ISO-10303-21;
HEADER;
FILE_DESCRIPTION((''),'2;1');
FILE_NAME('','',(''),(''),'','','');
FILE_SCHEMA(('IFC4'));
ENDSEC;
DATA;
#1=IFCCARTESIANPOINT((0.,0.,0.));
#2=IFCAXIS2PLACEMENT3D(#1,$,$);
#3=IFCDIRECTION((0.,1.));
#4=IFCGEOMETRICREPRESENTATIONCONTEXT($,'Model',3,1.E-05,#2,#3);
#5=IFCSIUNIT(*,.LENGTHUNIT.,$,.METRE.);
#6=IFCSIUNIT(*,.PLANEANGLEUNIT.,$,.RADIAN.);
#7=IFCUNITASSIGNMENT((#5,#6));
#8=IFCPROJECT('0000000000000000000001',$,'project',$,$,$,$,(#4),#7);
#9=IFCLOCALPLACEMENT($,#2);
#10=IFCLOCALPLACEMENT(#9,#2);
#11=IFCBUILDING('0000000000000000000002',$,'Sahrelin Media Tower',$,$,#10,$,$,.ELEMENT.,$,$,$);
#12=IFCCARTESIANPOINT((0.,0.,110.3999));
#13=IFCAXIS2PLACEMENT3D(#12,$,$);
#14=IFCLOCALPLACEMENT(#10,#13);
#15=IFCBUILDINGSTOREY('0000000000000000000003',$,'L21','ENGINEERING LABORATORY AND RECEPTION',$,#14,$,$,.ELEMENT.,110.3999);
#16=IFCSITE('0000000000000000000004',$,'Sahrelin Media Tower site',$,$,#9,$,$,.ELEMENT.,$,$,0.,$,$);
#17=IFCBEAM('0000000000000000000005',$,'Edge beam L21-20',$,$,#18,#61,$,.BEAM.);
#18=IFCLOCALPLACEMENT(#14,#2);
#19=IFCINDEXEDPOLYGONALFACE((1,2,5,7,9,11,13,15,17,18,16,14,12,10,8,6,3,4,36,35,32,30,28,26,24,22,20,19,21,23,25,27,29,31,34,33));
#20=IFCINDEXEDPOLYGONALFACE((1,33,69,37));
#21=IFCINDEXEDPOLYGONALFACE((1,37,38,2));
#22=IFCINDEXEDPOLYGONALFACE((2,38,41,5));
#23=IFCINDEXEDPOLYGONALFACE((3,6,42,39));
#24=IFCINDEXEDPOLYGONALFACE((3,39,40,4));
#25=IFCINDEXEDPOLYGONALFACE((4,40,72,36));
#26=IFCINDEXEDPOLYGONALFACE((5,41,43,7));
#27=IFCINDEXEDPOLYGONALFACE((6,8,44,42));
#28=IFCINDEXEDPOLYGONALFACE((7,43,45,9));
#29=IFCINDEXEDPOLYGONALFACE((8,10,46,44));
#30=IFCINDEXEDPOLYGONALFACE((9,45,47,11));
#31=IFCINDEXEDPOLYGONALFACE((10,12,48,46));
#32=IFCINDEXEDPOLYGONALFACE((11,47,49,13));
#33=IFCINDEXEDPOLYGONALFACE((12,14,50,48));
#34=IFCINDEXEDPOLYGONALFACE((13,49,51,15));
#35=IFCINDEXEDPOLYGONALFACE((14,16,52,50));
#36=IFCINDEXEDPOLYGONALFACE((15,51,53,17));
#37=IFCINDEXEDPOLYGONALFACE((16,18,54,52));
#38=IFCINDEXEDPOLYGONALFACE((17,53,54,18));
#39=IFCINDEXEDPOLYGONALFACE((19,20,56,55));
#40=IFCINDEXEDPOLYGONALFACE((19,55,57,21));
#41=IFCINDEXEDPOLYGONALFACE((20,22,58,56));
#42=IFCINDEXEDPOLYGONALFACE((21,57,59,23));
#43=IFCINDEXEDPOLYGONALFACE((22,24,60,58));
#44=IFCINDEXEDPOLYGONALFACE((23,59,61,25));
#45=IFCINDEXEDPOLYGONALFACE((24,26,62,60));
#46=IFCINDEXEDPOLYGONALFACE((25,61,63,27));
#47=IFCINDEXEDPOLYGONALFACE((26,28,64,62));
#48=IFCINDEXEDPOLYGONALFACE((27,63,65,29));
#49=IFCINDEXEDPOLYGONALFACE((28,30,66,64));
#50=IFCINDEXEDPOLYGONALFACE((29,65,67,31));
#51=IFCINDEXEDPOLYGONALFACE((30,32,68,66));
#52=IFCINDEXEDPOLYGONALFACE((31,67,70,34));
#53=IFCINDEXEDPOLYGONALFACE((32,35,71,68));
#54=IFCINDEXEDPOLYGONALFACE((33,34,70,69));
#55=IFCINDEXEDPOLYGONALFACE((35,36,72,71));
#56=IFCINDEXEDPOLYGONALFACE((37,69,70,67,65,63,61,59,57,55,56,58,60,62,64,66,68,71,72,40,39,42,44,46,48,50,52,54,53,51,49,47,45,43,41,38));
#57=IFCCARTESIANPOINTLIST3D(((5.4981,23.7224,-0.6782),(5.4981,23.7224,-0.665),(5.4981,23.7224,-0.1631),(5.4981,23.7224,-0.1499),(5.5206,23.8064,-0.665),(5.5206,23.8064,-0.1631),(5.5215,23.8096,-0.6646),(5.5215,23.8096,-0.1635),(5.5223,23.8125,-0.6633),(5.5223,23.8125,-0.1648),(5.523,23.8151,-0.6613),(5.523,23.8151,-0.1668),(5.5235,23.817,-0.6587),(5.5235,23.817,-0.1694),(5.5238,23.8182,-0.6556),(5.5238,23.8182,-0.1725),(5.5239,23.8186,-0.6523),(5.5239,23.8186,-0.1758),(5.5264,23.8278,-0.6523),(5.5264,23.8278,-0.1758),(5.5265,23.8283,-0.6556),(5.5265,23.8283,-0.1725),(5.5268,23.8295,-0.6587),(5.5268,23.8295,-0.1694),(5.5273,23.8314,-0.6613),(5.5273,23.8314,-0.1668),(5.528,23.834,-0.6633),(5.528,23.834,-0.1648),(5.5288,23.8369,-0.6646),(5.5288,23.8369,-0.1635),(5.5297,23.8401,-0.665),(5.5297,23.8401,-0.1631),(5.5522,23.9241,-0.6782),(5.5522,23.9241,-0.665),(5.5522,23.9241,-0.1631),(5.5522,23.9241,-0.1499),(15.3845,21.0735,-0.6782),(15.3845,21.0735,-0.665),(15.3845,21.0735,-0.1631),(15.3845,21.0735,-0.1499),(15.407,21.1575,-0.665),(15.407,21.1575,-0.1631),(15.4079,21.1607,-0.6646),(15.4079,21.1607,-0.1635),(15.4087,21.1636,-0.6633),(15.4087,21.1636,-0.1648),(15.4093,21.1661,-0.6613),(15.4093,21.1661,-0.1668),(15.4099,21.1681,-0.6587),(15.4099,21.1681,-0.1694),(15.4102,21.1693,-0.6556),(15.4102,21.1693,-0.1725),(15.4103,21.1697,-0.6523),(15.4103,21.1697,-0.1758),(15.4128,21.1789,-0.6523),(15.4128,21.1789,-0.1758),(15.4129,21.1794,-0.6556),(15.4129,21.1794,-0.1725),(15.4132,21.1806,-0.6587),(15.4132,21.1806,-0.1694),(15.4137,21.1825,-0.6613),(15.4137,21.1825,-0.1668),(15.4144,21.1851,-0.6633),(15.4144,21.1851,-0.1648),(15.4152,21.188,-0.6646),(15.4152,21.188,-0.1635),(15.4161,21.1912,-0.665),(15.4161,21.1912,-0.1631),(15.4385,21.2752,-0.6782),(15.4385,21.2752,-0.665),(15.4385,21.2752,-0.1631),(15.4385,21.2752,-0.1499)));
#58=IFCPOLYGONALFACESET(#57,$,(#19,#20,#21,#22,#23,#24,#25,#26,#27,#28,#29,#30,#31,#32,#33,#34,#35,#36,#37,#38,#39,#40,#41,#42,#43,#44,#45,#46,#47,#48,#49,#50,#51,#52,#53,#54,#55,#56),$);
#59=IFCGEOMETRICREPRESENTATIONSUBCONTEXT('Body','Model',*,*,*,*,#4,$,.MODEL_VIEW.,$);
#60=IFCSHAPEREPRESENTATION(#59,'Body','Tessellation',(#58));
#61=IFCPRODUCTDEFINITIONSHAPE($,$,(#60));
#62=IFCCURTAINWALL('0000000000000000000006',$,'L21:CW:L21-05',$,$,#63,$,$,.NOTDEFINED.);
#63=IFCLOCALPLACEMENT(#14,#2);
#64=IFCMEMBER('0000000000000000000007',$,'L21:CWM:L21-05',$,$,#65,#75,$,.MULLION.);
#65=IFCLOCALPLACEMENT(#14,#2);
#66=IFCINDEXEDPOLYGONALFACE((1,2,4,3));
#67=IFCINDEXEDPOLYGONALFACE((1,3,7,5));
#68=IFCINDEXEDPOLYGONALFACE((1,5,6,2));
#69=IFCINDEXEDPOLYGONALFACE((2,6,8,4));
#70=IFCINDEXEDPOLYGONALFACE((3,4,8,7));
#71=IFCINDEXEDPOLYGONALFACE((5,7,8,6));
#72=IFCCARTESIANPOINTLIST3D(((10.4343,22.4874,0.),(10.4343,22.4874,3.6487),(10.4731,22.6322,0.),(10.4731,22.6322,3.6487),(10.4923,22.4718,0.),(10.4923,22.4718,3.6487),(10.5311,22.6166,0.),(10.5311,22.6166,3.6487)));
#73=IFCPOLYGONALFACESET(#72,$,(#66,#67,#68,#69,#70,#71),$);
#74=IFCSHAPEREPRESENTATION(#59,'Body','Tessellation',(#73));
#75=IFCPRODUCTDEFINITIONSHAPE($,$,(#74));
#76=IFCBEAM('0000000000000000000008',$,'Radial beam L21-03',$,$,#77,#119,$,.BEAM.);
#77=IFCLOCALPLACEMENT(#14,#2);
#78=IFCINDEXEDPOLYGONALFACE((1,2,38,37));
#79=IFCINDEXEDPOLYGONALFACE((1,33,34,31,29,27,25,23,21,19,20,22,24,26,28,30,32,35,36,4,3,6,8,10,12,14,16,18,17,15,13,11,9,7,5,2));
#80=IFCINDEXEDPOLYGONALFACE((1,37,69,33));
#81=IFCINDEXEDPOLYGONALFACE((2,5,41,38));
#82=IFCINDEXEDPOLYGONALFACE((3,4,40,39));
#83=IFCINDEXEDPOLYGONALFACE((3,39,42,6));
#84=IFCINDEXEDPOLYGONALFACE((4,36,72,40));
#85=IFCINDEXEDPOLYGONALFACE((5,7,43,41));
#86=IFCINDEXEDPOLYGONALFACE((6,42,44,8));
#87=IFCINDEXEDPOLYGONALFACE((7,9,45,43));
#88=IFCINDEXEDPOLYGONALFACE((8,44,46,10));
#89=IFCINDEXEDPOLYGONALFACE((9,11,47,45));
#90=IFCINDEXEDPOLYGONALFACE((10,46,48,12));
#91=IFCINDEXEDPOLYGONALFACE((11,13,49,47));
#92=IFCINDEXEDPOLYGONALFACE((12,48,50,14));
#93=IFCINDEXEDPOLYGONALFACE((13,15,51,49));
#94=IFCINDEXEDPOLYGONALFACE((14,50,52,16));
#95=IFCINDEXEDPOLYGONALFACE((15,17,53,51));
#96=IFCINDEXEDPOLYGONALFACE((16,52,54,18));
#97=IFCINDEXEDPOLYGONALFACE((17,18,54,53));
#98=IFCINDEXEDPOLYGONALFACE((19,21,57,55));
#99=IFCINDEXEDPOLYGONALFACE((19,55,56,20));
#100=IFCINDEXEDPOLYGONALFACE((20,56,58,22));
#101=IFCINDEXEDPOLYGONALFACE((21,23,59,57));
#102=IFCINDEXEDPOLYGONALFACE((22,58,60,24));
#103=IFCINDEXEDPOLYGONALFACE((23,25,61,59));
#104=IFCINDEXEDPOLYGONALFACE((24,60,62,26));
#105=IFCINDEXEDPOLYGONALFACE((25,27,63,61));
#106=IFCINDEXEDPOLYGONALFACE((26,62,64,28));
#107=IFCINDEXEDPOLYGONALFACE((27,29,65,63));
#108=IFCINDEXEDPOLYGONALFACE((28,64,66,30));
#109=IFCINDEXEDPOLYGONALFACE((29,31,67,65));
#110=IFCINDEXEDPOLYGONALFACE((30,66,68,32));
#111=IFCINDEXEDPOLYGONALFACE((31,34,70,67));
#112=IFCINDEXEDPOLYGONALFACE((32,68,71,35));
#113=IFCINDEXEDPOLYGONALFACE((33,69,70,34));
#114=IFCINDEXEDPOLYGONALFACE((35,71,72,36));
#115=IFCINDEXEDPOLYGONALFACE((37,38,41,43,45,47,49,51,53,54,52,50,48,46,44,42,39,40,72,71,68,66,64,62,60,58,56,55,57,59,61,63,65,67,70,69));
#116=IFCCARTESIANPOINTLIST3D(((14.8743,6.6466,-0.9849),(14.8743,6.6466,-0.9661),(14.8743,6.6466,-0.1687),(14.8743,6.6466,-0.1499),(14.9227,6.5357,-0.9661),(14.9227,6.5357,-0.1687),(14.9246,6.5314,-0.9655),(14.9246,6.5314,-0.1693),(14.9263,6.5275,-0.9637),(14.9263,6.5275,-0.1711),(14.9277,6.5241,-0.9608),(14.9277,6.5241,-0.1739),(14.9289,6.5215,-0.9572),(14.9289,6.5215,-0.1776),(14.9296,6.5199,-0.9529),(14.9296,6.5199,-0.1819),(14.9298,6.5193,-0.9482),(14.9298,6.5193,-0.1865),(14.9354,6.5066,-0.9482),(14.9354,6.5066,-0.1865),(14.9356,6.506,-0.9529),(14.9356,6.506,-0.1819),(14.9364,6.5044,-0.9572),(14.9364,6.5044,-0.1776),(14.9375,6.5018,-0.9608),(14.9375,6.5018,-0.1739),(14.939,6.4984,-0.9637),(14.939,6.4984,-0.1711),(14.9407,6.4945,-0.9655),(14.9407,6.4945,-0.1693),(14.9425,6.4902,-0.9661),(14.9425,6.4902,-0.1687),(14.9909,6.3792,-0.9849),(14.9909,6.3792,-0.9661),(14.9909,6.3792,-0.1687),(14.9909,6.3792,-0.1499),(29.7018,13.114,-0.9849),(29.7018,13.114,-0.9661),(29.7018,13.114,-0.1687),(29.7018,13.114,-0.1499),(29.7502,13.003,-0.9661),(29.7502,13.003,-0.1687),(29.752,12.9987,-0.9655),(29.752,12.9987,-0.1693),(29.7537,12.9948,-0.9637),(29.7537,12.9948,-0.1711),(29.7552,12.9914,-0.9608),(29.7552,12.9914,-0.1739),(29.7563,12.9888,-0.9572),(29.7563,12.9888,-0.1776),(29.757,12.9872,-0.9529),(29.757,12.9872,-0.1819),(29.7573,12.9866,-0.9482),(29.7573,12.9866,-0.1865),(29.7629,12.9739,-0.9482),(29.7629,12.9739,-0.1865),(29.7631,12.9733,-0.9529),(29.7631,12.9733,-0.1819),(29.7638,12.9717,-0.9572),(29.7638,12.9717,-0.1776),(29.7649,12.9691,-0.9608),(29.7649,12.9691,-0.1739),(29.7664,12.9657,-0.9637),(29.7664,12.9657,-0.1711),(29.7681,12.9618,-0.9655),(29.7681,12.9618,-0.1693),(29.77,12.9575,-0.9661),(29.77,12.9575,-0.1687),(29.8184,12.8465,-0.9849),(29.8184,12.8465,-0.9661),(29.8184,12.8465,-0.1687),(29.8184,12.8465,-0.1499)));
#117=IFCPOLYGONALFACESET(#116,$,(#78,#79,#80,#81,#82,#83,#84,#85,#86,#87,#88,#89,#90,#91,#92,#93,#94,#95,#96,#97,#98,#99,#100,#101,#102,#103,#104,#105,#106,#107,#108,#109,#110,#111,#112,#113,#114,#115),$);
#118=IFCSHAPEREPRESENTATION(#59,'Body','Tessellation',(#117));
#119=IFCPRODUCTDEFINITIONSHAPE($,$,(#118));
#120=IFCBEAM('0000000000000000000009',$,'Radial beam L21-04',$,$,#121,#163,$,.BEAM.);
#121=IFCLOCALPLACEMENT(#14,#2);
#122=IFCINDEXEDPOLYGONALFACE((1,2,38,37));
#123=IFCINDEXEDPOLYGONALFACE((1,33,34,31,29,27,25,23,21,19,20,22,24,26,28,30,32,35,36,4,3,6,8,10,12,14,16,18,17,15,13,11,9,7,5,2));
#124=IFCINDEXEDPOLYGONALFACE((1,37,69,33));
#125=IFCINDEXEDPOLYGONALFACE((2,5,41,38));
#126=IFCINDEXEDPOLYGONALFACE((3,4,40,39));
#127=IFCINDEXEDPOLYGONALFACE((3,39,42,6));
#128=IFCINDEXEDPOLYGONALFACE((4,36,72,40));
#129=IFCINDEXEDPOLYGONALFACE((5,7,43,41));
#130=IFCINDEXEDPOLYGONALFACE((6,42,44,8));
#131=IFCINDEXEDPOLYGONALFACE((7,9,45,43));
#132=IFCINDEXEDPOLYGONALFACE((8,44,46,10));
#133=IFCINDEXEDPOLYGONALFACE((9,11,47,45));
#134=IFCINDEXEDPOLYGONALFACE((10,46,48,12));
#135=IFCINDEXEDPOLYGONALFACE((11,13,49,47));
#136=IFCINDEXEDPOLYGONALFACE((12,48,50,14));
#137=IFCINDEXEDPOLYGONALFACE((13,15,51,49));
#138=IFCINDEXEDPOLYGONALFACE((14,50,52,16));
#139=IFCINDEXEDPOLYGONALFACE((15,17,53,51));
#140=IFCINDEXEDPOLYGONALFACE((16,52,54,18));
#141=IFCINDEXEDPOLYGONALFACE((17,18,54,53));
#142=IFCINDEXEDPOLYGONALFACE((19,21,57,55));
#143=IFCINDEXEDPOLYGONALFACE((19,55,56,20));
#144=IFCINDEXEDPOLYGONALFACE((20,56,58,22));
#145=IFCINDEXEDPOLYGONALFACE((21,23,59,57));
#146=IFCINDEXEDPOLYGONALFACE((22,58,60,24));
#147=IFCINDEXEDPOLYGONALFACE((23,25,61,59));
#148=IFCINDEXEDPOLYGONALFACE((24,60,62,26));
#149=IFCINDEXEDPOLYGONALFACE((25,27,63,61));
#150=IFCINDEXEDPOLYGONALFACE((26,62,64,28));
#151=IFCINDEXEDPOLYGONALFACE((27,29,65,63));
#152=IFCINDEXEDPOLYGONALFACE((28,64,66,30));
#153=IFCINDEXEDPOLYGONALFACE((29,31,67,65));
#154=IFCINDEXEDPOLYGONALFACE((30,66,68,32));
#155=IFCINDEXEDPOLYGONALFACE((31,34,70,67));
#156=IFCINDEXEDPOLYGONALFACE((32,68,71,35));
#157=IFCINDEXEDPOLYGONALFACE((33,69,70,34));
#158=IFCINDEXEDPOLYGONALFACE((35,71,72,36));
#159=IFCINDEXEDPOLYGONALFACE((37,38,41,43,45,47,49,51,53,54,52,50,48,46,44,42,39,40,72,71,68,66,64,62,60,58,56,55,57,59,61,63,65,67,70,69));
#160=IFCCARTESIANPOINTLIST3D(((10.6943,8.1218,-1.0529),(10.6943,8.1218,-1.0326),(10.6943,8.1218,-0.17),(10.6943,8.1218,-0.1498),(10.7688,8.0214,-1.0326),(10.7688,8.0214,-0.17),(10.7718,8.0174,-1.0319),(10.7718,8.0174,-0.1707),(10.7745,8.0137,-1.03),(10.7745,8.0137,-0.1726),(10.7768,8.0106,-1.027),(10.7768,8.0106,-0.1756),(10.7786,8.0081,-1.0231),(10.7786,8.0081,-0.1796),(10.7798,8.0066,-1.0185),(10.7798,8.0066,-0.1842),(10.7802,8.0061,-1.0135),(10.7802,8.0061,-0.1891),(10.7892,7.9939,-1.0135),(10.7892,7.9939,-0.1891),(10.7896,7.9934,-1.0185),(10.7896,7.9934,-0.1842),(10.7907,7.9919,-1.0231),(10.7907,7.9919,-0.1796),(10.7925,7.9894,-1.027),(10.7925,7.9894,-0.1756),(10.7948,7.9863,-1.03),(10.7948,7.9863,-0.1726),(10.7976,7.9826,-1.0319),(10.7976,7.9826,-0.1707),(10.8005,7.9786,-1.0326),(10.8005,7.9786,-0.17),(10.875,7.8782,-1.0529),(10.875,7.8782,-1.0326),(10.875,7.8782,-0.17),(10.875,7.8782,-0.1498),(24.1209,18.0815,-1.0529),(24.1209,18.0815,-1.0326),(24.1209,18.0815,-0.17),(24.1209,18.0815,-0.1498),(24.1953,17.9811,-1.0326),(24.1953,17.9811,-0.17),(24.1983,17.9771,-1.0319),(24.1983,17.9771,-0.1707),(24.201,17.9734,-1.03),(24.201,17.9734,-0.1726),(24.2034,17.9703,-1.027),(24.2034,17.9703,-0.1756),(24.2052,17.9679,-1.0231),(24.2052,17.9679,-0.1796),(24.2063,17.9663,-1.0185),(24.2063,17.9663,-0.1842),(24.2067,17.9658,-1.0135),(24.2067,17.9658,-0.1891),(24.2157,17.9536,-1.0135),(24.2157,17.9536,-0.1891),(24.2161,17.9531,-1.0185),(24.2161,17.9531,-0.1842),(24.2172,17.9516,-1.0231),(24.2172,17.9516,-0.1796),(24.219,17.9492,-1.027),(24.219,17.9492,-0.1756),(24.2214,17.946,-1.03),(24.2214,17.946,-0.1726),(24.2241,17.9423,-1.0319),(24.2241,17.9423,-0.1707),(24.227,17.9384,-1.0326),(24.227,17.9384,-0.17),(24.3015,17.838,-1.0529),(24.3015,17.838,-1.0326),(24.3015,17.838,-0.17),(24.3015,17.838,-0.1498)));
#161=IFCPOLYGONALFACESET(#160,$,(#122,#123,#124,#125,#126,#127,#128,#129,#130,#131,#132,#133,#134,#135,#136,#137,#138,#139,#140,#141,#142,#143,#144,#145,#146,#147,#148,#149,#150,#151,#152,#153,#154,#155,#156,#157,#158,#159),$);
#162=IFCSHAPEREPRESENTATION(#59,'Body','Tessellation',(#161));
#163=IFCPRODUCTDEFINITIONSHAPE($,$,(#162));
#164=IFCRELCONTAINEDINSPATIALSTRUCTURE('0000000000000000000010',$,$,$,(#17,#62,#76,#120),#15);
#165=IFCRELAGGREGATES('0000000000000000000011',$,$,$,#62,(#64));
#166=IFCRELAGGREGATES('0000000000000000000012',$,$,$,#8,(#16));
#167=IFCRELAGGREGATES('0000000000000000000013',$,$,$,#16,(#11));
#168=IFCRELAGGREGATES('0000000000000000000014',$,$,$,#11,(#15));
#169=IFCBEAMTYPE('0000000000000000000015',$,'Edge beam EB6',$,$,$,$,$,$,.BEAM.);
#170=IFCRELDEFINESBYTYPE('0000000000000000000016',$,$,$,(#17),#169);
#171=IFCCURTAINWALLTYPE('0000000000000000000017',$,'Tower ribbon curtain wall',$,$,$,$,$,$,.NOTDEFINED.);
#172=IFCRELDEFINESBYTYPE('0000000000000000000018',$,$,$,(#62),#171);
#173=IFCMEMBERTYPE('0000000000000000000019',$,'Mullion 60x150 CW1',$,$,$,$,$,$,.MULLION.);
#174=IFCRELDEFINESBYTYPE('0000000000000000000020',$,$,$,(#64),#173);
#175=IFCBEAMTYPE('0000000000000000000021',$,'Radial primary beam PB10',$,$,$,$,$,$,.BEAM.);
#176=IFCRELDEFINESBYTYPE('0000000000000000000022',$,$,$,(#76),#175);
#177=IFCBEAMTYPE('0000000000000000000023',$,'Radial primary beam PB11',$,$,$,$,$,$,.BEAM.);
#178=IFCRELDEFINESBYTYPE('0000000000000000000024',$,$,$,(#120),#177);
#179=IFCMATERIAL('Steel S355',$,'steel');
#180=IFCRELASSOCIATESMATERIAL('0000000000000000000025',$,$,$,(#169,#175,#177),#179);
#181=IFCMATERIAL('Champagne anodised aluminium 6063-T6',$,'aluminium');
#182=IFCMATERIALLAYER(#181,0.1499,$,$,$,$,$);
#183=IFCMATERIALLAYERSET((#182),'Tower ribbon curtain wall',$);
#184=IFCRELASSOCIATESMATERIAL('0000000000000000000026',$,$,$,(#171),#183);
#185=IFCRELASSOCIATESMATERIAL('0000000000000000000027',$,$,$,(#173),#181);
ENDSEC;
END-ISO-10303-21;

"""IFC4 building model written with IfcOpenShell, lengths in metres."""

from ifc_helpers import new_model, si_unit, direction, frame, origin, origin_2d, place, context, subcontext, project, spatial, rectangle, i_section, extrude, material, layer, layer_set, material_profile, profile_set, type_object, element, aggregate, save


model = new_model("IFC4")

# Units and contexts
model_context = context("Model", 3, precision=1e-05, world=origin(), true_north=direction((0.0, 1.0)))
body_context = subcontext(model_context, "Body", "Model", "MODEL_VIEW")
ifc_project = project(units=[si_unit("LENGTHUNIT", "METRE"), si_unit("PLANEANGLEUNIT", "RADIAN")], contexts=[model_context])

# Site, building, storey
site_placement = place(None, origin())
site = spatial("IfcSite", under=ifc_project, at=site_placement, Name="Sahrelin Media Tower site", CompositionType="ELEMENT", RefElevation=0.0)
building_placement = place(site_placement, origin())
building = spatial("IfcBuilding", under=site, at=building_placement, Name="Sahrelin Media Tower", CompositionType="ELEMENT")
storey_placement = place(building_placement, frame((0.0, 0.0, 110.3999)))
storey = spatial("IfcBuildingStorey", under=building, at=storey_placement, Name="L21", Description="ENGINEERING LABORATORY AND RECEPTION", CompositionType="ELEMENT", Elevation=110.3999)

# Beam
ifc_material_1 = material(Name="Steel S355", Category="steel")
ifc_material_profile_1 = material_profile(ifc_material_1, i_section(OverallWidth=0.2087, OverallDepth=0.5283, WebThickness=0.0095, FlangeThickness=0.0132, FilletRadius=0.0127, at=origin_2d()), Name="UB 533x210x82")
ifc_profile_set_1 = profile_set([ifc_material_profile_1], Name="Steel S355")
beam_type_1 = type_object("IfcBeamType", Name="Edge beam EB6", PredefinedType="BEAM", material=ifc_profile_set_1)
beam_1_placement = place(storey_placement, frame((5.5251, 23.8232, -0.4141), z_axis=(0.965929, -0.258806, 0.0), x_axis=(0.258806, 0.965929, 0.0)))
element("IfcBeam", 1, at=beam_1_placement, inside=storey, type_object=beam_type_1, Name="Edge beam L21-20", PredefinedType="BEAM", context=body_context, shape_type="SweptSolid", body=[
    extrude(i_section(OverallWidth=0.2087, OverallDepth=0.5283, WebThickness=0.0095, FlangeThickness=0.0132, FilletRadius=0.0127, at=origin_2d()), origin(), (0.0, 0.0, 1.0), 10.2351),
])

# Curtain wall, member
ifc_material_2 = material(Name="Champagne anodised aluminium 6063-T6", Category="aluminium")
ifc_layer_1 = layer(ifc_material_2, 0.1499)
ifc_layer_set_1 = layer_set([ifc_layer_1], Name="Tower ribbon curtain wall")
curtain_wall_type = type_object("IfcCurtainWallType", Name="Tower ribbon curtain wall", PredefinedType="NOTDEFINED", material=ifc_layer_set_1)
curtain_wall_1_placement = place(storey_placement, frame((10.5071, 22.6438, 0.0), z_axis=(0.0, 0.0, 1.0), x_axis=(1.0, 0.0, 0.0)))
curtain_wall_1 = element("IfcCurtainWall", 2, at=curtain_wall_1_placement, inside=storey, type_object=curtain_wall_type, Name="L21:CW:L21-05", PredefinedType="NOTDEFINED")
ifc_material_profile_2 = material_profile(ifc_material_2, rectangle(XDim=0.0601, YDim=0.1499, at=origin_2d()), Name="Mullion 60x150")
ifc_profile_set_2 = profile_set([ifc_material_profile_2], Name="Champagne anodised aluminium 6063-T6")
member_type_1 = type_object("IfcMemberType", Name="Mullion 60x150 CW1", PredefinedType="MULLION", material=ifc_profile_set_2)
member_1_placement = place(storey_placement, frame((10.4827, 22.552, 0.0), z_axis=(0.0, 0.0, 1.0), x_axis=(-0.965926, 0.258817, 0.0)))
member_1 = element("IfcMember", 3, at=member_1_placement, type_object=member_type_1, Name="L21:CWM:L21-05", PredefinedType="MULLION", context=body_context, shape_type="SweptSolid", body=[
    extrude(rectangle(XDim=0.0601, YDim=0.1499, at=origin_2d()), origin(), (0.0, 0.0, 1.0), 3.6487),
])
aggregate(curtain_wall_1, [member_1])

# Beams
ifc_material_profile_3 = material_profile(ifc_material_1, i_section(OverallWidth=0.2917, OverallDepth=0.835, WebThickness=0.0139, FlangeThickness=0.0188, FilletRadius=0.0178, at=origin_2d()), Name="UB 838x292x176")
ifc_profile_set_3 = profile_set([ifc_material_profile_3], Name="Steel S355")
beam_type_2 = type_object("IfcBeamType", Name="Radial primary beam PB10", PredefinedType="BEAM", material=ifc_profile_set_3)
beam_2_placement = place(storey_placement, frame((14.9326, 6.5129, -0.5674), z_axis=(0.916604, 0.399796, 0.0), x_axis=(-0.399796, 0.916604, 0.0)))
element("IfcBeam", 4, at=beam_2_placement, inside=storey, type_object=beam_type_2, Name="Radial beam L21-03", PredefinedType="BEAM", context=body_context, shape_type="SweptSolid", body=[
    extrude(i_section(OverallWidth=0.2917, OverallDepth=0.835, WebThickness=0.0139, FlangeThickness=0.0188, FilletRadius=0.0178, at=origin_2d()), origin(), (0.0, 0.0, 1.0), 16.1765),
])
ifc_material_profile_4 = material_profile(ifc_material_1, i_section(OverallWidth=0.3032, OverallDepth=0.9031, WebThickness=0.0151, FlangeThickness=0.0203, FilletRadius=0.019, at=origin_2d()), Name="UB 914x305x201")
ifc_profile_set_4 = profile_set([ifc_material_profile_4], Name="Steel S355")
beam_type_3 = type_object("IfcBeamType", Name="Radial primary beam PB11", PredefinedType="BEAM", material=ifc_profile_set_4)
beam_3_placement = place(storey_placement, frame((10.7847, 8.0, -0.6013), z_axis=(0.803152, 0.595774, 0.0), x_axis=(-0.595774, 0.803152, 0.0)))
element("IfcBeam", 5, at=beam_3_placement, inside=storey, type_object=beam_type_3, Name="Radial beam L21-04", PredefinedType="BEAM", context=body_context, shape_type="SweptSolid", body=[
    extrude(i_section(OverallWidth=0.3032, OverallDepth=0.9031, WebThickness=0.0151, FlangeThickness=0.0203, FilletRadius=0.019, at=origin_2d()), origin(), (0.0, 0.0, 1.0), 16.7173),
])

save(model, "model.ifc")
